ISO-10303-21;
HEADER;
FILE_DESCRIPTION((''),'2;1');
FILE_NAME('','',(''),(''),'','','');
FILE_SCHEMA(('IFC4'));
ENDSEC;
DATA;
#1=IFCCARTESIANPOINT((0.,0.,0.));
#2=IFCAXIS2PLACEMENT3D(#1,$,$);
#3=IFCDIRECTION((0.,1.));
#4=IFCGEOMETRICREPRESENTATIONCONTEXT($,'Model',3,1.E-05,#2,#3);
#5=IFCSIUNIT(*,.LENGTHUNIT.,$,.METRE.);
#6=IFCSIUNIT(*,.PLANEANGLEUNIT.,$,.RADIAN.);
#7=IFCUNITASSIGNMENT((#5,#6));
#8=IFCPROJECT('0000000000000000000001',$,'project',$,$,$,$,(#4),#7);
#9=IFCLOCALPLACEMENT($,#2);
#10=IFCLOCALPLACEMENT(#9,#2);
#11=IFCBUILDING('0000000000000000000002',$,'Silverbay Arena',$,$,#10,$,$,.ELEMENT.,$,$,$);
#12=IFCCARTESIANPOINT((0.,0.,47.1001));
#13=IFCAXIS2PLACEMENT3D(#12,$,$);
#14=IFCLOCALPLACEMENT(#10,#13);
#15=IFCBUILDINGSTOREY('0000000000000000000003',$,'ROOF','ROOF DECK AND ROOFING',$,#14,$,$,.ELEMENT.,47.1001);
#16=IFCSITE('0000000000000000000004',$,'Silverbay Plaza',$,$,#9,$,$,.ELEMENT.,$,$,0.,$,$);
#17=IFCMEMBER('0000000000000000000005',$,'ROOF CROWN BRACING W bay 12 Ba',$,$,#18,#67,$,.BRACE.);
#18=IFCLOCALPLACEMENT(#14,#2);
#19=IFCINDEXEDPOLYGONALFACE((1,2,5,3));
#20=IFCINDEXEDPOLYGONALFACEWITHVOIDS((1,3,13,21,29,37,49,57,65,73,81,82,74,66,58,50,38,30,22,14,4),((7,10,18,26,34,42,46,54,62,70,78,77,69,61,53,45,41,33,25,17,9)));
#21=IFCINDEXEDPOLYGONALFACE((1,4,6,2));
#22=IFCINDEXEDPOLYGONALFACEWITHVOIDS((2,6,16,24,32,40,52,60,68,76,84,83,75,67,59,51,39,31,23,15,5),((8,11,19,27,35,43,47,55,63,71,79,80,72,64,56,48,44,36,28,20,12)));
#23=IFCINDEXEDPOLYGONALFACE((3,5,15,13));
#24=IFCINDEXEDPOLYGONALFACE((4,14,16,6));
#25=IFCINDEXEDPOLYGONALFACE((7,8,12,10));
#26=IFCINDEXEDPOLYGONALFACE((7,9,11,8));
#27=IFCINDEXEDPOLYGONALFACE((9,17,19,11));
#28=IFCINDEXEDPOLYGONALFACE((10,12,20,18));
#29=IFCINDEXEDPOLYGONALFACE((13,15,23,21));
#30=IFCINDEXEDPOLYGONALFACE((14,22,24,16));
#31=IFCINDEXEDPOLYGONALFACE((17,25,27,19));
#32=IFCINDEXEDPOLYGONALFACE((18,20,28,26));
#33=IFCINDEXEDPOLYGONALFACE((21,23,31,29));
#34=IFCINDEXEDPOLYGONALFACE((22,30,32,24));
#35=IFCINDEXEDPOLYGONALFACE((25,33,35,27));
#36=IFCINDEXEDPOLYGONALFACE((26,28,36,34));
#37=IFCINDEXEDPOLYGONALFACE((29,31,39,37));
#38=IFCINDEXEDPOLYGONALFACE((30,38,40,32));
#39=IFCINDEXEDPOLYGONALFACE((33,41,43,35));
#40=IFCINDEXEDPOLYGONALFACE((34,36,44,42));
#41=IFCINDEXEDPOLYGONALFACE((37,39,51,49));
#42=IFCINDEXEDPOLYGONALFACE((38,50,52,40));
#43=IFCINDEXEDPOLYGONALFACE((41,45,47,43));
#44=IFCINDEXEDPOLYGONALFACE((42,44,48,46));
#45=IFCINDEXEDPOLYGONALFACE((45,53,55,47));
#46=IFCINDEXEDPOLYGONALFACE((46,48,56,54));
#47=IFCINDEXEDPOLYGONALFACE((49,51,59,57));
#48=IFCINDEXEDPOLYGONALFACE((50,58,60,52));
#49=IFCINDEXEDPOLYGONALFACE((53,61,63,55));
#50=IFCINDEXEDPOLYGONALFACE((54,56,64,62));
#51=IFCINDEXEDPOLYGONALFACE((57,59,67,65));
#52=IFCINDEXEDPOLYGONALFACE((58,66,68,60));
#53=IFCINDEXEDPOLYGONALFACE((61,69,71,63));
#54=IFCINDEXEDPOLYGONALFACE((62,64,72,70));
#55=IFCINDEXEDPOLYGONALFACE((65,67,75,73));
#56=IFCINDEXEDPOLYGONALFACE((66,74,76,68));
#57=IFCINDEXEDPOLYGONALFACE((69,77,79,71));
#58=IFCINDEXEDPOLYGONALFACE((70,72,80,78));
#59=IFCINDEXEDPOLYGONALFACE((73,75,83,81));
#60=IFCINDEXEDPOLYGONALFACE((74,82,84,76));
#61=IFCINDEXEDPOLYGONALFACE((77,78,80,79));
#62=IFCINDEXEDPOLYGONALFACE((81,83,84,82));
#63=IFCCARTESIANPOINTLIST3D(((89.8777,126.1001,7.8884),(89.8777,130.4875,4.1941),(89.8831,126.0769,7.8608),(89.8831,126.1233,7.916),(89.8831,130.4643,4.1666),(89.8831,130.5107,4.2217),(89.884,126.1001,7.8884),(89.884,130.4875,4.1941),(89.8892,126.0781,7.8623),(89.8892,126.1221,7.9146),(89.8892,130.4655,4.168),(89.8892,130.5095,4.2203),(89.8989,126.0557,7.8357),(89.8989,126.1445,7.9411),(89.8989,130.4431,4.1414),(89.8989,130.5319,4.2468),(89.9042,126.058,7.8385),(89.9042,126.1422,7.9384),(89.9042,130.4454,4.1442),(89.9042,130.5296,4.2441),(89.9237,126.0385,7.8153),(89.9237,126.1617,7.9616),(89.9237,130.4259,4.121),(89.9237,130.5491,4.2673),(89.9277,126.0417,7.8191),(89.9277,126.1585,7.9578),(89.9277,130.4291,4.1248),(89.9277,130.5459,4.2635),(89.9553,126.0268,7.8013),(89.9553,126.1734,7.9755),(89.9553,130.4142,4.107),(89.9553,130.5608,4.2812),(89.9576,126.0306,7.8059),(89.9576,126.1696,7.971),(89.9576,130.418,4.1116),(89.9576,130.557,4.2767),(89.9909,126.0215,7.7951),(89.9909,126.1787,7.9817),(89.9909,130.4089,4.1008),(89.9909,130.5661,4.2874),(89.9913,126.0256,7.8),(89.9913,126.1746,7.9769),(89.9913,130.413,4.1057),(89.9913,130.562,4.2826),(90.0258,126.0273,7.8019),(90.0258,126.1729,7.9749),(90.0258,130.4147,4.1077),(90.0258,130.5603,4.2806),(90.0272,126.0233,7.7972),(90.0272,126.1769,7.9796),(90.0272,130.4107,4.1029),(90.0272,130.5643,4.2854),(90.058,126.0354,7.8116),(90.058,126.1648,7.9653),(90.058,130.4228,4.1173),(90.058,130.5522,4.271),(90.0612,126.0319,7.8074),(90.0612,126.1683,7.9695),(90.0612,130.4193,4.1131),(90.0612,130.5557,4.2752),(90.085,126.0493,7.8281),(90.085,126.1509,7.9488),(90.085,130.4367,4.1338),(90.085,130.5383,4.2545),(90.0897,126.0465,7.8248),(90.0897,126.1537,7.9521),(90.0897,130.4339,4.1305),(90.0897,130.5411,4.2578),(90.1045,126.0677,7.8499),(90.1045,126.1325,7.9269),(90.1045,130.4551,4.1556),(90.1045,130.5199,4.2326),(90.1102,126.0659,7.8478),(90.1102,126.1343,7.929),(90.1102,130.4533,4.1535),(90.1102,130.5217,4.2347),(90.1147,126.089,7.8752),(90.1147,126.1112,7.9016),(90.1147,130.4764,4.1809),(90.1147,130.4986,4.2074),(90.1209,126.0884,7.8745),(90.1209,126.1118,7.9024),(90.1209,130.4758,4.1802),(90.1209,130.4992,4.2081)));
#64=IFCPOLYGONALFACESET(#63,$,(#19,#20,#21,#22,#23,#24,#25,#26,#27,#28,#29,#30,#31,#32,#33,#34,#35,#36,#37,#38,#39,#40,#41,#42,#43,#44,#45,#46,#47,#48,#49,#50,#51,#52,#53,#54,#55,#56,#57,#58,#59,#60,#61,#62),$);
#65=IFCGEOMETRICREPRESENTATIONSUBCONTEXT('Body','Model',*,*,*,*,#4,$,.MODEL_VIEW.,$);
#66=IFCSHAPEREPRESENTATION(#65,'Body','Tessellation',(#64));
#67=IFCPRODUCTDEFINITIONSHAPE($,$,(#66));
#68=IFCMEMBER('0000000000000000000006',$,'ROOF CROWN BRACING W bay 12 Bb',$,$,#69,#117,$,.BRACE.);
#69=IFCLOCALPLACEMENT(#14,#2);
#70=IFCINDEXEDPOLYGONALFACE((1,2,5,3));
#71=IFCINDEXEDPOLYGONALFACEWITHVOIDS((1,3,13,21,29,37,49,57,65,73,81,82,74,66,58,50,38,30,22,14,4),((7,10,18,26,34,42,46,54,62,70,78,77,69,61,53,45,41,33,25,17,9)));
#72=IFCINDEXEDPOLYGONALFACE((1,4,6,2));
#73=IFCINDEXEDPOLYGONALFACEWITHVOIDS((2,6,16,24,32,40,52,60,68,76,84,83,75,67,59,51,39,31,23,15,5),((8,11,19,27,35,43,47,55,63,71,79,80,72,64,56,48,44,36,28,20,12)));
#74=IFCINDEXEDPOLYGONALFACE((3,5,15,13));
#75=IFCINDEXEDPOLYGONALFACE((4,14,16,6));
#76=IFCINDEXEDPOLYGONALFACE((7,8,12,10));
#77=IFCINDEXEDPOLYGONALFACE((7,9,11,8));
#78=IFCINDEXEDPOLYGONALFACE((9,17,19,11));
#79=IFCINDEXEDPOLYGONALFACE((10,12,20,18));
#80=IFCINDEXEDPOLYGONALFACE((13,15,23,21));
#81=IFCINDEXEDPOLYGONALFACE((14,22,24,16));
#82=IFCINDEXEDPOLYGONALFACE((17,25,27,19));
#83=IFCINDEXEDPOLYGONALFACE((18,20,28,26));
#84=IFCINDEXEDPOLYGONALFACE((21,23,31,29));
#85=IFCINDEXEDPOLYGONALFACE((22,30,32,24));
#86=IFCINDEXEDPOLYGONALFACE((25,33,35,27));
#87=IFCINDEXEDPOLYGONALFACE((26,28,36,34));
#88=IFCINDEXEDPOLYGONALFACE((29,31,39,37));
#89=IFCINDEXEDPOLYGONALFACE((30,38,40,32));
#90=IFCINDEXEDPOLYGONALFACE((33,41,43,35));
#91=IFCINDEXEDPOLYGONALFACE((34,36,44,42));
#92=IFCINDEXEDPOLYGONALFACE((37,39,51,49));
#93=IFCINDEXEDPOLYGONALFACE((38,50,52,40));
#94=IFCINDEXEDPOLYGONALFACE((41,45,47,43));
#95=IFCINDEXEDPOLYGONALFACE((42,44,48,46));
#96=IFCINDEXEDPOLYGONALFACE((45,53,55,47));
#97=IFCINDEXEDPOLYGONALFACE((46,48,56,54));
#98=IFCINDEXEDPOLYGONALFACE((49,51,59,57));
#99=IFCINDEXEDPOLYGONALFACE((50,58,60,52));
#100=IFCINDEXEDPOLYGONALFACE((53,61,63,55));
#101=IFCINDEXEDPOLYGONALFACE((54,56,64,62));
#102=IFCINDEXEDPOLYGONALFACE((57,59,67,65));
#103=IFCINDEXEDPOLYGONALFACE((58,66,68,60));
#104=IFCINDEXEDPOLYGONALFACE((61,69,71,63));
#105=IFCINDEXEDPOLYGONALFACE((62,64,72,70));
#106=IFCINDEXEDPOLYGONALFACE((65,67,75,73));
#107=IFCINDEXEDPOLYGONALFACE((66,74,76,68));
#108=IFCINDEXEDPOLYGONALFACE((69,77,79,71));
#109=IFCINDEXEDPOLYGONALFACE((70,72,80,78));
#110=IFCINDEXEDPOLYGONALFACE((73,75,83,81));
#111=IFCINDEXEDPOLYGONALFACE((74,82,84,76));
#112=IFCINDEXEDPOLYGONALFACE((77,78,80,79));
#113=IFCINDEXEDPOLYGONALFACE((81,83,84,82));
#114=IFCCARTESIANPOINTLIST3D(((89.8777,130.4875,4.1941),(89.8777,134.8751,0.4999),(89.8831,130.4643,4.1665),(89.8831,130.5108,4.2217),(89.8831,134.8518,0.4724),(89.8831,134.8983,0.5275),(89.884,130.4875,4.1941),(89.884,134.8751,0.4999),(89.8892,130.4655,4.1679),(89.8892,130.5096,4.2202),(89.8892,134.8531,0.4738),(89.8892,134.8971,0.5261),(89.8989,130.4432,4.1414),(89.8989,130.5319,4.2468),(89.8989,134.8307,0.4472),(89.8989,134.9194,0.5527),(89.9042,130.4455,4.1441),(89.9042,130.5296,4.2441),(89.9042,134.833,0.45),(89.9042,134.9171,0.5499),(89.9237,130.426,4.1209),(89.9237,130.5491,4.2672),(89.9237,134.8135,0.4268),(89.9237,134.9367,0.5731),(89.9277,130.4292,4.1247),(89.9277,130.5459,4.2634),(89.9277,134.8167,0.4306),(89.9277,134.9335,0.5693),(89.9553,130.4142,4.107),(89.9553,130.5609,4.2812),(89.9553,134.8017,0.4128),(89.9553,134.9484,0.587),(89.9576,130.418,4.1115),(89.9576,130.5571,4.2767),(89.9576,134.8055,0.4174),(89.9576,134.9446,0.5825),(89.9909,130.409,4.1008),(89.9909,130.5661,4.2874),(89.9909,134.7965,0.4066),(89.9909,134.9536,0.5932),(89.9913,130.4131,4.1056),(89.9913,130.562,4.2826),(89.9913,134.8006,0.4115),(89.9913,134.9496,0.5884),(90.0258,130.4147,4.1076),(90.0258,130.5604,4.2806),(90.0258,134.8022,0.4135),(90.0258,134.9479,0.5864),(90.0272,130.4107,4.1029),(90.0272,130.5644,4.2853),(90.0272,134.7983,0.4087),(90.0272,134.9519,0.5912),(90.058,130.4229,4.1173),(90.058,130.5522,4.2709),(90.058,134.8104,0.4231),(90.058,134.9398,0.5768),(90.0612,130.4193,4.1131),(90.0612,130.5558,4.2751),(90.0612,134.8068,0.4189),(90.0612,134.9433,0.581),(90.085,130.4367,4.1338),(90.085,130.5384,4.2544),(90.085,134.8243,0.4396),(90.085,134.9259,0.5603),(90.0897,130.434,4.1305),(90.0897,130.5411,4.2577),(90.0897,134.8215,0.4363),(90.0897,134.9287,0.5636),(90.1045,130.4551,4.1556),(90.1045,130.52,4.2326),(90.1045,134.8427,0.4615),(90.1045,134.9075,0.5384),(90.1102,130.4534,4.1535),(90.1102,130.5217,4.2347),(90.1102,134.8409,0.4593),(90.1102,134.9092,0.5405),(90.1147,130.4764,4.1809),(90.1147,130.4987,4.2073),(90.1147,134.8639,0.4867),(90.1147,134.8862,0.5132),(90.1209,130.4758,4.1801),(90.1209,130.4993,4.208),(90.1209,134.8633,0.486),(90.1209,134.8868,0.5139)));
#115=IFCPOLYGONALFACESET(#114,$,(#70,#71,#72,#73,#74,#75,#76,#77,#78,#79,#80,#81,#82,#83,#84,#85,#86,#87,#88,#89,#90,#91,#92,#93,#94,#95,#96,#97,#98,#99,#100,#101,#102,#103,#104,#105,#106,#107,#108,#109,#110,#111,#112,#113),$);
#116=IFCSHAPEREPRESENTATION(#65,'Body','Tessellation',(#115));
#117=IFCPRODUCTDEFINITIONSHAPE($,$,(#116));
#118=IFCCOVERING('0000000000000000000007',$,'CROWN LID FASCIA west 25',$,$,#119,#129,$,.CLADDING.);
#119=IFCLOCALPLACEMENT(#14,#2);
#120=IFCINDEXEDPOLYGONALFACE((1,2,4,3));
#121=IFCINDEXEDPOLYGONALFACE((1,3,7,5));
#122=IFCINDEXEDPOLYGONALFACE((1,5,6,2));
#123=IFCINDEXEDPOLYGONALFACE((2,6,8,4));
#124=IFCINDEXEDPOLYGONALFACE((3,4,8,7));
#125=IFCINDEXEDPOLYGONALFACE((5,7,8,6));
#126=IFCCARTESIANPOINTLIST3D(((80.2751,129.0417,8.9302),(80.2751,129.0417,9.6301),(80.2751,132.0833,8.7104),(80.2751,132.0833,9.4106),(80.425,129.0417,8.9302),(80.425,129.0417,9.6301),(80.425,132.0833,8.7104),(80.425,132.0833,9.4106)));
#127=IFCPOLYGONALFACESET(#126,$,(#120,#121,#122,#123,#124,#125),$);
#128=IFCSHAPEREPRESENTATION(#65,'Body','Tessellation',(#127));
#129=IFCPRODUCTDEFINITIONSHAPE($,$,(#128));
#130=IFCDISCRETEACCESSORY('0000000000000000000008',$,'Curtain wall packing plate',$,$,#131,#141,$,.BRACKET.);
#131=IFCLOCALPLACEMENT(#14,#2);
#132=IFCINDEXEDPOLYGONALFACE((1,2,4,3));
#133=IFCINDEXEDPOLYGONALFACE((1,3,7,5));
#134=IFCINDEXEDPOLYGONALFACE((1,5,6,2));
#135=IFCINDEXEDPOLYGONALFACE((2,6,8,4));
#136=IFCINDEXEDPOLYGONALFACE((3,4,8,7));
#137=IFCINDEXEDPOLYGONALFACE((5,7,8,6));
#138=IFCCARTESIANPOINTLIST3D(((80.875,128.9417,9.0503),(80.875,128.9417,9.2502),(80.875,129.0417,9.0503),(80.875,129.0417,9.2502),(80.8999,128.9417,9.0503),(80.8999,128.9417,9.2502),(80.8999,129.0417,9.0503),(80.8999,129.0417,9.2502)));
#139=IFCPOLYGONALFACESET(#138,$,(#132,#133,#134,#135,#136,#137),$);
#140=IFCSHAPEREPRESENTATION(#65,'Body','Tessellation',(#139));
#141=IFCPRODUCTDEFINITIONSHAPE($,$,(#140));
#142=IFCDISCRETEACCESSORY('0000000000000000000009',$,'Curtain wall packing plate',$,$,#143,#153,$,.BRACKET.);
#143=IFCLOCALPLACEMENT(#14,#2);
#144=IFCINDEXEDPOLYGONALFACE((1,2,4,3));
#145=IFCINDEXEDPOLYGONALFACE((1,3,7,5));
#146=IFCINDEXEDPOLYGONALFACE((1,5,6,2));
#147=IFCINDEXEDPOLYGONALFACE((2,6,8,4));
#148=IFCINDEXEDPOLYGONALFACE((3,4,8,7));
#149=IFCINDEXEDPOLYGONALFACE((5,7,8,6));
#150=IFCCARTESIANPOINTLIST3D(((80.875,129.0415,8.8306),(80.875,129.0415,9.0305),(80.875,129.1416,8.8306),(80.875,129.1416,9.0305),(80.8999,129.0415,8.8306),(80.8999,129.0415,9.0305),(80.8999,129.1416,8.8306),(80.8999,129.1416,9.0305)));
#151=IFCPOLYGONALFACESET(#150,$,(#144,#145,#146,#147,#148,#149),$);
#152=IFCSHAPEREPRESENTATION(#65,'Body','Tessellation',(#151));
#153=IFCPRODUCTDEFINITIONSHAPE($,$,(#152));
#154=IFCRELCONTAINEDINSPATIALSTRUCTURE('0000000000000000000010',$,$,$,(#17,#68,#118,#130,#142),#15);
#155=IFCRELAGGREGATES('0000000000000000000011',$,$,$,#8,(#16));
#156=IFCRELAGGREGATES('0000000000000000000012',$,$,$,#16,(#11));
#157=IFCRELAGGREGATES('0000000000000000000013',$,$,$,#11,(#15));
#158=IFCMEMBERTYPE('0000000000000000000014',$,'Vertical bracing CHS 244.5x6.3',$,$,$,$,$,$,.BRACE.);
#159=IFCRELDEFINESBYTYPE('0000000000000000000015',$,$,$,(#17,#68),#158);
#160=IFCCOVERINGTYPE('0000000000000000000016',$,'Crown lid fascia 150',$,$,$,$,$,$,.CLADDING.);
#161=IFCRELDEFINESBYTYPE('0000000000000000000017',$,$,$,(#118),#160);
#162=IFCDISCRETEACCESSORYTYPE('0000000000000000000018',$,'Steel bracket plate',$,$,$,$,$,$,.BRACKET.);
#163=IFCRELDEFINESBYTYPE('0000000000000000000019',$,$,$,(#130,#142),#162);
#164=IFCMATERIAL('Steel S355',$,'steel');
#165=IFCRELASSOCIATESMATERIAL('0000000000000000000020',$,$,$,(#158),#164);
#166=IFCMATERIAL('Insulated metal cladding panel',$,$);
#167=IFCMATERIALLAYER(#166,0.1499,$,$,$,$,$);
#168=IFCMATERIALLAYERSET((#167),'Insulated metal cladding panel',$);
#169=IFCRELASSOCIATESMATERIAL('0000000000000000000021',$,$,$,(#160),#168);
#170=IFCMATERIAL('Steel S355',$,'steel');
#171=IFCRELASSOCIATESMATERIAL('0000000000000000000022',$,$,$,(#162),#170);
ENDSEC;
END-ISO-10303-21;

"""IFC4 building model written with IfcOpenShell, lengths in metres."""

from ifc_helpers import new_model, si_unit, direction, frame, origin, origin_2d, place, context, subcontext, project, spatial, polyline, rectangle, hollow_circle, outline, extrude, material, layer, layer_set, material_profile, profile_set, type_object, element, save


model = new_model("IFC4")

# Units and contexts
model_context = context("Model", 3, precision=1e-05, world=origin(), true_north=direction((0.0, 1.0)))
body_context = subcontext(model_context, "Body", "Model", "MODEL_VIEW")
ifc_project = project(units=[si_unit("LENGTHUNIT", "METRE"), si_unit("PLANEANGLEUNIT", "RADIAN")], contexts=[model_context])

# Site, building, storey
site_placement = place(None, origin())
site = spatial("IfcSite", under=ifc_project, at=site_placement, Name="Silverbay Plaza", CompositionType="ELEMENT", RefElevation=0.0)
building_placement = place(site_placement, origin())
building = spatial("IfcBuilding", under=site, at=building_placement, Name="Silverbay Arena", CompositionType="ELEMENT")
storey_placement = place(building_placement, frame((0.0, 0.0, 47.1001)))
storey = spatial("IfcBuildingStorey", under=building, at=storey_placement, Name="ROOF", Description="ROOF DECK AND ROOFING", CompositionType="ELEMENT", Elevation=47.1001)

# Members
ifc_material_1 = material(Name="Steel S355", Category="steel")
ifc_material_profile_1 = material_profile(ifc_material_1, hollow_circle(Radius=0.1223, WallThickness=0.0063, at=origin_2d()), Name="CHS 244.5x6.3")
ifc_profile_set_1 = profile_set([ifc_material_profile_1], Name="Steel S355")
member_type_1 = type_object("IfcMemberType", Name="Vertical bracing CHS 244.5x6.3", PredefinedType="BRACE", material=ifc_profile_set_1)
for number, where, z_axis, x_axis, name in (
    (1, (90.0, 126.1001, 7.8884), (0.0, 0.764942, -0.644099), (-1.0, 0.0, 0.0), "ROOF CROWN BRACING W bay 12 Ba"),
    (2, (90.0, 130.4875, 4.1941), (0.0, 0.764963, -0.644074), (-1.0, 0.0, 0.0), "ROOF CROWN BRACING W bay 12 Bb"),
):
    element("IfcMember", number, at=place(storey_placement, frame(where, z_axis=z_axis, x_axis=x_axis)), inside=storey, type_object=member_type_1, Name=name, PredefinedType="BRACE", context=body_context, shape_type="SweptSolid", body=[
        extrude(hollow_circle(Radius=0.1223, WallThickness=0.0063, at=origin_2d()), origin(), (0.0, 0.0, 1.0), 5.7356),
    ])

# Covering
ifc_material_2 = material(Name="Insulated metal cladding panel")
ifc_layer_1 = layer(ifc_material_2, 0.1499)
ifc_layer_set_1 = layer_set([ifc_layer_1], Name="Insulated metal cladding panel")
covering_type = type_object("IfcCoveringType", Name="Crown lid fascia 150", PredefinedType="CLADDING", material=ifc_layer_set_1)
covering_placement = place(storey_placement, frame((80.425, 129.0417, 8.9302), z_axis=(1.0, 0.0, 0.0), x_axis=(0.0, 0.997401, -0.072055)))
element("IfcCovering", 3, at=covering_placement, inside=storey, type_object=covering_type, Name="CROWN LID FASCIA west 25", PredefinedType="CLADDING", context=body_context, shape_type="SweptSolid", body=[
    extrude(outline(polyline([(0.0, 0.0), (3.0494, 0.0), (2.999, 0.6984), (-0.0504, 0.6981), (0.0, 0.0)])), origin(), (0.0, 0.0, -1.0), 0.1499),
])

# Discrete accessories
ifc_material_3 = material(Name="Steel S355", Category="steel")
discrete_accessory_type = type_object("IfcDiscreteAccessoryType", Name="Steel bracket plate", PredefinedType="BRACKET", material=ifc_material_3)
for number, where, z_axis, x_axis, name in (
    (4, (80.8875, 128.9917, 9.0503), (0.0, 0.0, 1.0), (1.0, 0.0, 0.0), "Curtain wall packing plate"),
    (5, (80.8875, 129.0916, 8.8306), (0.0, 0.0, 1.0), (1.0, 0.0, 0.0), "Curtain wall packing plate"),
):
    element("IfcDiscreteAccessory", number, at=place(storey_placement, frame(where, z_axis=z_axis, x_axis=x_axis)), inside=storey, type_object=discrete_accessory_type, Name=name, PredefinedType="BRACKET", context=body_context, shape_type="SweptSolid", body=[
        extrude(rectangle(XDim=0.0249, YDim=0.1001, at=origin_2d()), origin(), (0.0, 0.0, 1.0), 0.2),
    ])

save(model, "model.ifc")
